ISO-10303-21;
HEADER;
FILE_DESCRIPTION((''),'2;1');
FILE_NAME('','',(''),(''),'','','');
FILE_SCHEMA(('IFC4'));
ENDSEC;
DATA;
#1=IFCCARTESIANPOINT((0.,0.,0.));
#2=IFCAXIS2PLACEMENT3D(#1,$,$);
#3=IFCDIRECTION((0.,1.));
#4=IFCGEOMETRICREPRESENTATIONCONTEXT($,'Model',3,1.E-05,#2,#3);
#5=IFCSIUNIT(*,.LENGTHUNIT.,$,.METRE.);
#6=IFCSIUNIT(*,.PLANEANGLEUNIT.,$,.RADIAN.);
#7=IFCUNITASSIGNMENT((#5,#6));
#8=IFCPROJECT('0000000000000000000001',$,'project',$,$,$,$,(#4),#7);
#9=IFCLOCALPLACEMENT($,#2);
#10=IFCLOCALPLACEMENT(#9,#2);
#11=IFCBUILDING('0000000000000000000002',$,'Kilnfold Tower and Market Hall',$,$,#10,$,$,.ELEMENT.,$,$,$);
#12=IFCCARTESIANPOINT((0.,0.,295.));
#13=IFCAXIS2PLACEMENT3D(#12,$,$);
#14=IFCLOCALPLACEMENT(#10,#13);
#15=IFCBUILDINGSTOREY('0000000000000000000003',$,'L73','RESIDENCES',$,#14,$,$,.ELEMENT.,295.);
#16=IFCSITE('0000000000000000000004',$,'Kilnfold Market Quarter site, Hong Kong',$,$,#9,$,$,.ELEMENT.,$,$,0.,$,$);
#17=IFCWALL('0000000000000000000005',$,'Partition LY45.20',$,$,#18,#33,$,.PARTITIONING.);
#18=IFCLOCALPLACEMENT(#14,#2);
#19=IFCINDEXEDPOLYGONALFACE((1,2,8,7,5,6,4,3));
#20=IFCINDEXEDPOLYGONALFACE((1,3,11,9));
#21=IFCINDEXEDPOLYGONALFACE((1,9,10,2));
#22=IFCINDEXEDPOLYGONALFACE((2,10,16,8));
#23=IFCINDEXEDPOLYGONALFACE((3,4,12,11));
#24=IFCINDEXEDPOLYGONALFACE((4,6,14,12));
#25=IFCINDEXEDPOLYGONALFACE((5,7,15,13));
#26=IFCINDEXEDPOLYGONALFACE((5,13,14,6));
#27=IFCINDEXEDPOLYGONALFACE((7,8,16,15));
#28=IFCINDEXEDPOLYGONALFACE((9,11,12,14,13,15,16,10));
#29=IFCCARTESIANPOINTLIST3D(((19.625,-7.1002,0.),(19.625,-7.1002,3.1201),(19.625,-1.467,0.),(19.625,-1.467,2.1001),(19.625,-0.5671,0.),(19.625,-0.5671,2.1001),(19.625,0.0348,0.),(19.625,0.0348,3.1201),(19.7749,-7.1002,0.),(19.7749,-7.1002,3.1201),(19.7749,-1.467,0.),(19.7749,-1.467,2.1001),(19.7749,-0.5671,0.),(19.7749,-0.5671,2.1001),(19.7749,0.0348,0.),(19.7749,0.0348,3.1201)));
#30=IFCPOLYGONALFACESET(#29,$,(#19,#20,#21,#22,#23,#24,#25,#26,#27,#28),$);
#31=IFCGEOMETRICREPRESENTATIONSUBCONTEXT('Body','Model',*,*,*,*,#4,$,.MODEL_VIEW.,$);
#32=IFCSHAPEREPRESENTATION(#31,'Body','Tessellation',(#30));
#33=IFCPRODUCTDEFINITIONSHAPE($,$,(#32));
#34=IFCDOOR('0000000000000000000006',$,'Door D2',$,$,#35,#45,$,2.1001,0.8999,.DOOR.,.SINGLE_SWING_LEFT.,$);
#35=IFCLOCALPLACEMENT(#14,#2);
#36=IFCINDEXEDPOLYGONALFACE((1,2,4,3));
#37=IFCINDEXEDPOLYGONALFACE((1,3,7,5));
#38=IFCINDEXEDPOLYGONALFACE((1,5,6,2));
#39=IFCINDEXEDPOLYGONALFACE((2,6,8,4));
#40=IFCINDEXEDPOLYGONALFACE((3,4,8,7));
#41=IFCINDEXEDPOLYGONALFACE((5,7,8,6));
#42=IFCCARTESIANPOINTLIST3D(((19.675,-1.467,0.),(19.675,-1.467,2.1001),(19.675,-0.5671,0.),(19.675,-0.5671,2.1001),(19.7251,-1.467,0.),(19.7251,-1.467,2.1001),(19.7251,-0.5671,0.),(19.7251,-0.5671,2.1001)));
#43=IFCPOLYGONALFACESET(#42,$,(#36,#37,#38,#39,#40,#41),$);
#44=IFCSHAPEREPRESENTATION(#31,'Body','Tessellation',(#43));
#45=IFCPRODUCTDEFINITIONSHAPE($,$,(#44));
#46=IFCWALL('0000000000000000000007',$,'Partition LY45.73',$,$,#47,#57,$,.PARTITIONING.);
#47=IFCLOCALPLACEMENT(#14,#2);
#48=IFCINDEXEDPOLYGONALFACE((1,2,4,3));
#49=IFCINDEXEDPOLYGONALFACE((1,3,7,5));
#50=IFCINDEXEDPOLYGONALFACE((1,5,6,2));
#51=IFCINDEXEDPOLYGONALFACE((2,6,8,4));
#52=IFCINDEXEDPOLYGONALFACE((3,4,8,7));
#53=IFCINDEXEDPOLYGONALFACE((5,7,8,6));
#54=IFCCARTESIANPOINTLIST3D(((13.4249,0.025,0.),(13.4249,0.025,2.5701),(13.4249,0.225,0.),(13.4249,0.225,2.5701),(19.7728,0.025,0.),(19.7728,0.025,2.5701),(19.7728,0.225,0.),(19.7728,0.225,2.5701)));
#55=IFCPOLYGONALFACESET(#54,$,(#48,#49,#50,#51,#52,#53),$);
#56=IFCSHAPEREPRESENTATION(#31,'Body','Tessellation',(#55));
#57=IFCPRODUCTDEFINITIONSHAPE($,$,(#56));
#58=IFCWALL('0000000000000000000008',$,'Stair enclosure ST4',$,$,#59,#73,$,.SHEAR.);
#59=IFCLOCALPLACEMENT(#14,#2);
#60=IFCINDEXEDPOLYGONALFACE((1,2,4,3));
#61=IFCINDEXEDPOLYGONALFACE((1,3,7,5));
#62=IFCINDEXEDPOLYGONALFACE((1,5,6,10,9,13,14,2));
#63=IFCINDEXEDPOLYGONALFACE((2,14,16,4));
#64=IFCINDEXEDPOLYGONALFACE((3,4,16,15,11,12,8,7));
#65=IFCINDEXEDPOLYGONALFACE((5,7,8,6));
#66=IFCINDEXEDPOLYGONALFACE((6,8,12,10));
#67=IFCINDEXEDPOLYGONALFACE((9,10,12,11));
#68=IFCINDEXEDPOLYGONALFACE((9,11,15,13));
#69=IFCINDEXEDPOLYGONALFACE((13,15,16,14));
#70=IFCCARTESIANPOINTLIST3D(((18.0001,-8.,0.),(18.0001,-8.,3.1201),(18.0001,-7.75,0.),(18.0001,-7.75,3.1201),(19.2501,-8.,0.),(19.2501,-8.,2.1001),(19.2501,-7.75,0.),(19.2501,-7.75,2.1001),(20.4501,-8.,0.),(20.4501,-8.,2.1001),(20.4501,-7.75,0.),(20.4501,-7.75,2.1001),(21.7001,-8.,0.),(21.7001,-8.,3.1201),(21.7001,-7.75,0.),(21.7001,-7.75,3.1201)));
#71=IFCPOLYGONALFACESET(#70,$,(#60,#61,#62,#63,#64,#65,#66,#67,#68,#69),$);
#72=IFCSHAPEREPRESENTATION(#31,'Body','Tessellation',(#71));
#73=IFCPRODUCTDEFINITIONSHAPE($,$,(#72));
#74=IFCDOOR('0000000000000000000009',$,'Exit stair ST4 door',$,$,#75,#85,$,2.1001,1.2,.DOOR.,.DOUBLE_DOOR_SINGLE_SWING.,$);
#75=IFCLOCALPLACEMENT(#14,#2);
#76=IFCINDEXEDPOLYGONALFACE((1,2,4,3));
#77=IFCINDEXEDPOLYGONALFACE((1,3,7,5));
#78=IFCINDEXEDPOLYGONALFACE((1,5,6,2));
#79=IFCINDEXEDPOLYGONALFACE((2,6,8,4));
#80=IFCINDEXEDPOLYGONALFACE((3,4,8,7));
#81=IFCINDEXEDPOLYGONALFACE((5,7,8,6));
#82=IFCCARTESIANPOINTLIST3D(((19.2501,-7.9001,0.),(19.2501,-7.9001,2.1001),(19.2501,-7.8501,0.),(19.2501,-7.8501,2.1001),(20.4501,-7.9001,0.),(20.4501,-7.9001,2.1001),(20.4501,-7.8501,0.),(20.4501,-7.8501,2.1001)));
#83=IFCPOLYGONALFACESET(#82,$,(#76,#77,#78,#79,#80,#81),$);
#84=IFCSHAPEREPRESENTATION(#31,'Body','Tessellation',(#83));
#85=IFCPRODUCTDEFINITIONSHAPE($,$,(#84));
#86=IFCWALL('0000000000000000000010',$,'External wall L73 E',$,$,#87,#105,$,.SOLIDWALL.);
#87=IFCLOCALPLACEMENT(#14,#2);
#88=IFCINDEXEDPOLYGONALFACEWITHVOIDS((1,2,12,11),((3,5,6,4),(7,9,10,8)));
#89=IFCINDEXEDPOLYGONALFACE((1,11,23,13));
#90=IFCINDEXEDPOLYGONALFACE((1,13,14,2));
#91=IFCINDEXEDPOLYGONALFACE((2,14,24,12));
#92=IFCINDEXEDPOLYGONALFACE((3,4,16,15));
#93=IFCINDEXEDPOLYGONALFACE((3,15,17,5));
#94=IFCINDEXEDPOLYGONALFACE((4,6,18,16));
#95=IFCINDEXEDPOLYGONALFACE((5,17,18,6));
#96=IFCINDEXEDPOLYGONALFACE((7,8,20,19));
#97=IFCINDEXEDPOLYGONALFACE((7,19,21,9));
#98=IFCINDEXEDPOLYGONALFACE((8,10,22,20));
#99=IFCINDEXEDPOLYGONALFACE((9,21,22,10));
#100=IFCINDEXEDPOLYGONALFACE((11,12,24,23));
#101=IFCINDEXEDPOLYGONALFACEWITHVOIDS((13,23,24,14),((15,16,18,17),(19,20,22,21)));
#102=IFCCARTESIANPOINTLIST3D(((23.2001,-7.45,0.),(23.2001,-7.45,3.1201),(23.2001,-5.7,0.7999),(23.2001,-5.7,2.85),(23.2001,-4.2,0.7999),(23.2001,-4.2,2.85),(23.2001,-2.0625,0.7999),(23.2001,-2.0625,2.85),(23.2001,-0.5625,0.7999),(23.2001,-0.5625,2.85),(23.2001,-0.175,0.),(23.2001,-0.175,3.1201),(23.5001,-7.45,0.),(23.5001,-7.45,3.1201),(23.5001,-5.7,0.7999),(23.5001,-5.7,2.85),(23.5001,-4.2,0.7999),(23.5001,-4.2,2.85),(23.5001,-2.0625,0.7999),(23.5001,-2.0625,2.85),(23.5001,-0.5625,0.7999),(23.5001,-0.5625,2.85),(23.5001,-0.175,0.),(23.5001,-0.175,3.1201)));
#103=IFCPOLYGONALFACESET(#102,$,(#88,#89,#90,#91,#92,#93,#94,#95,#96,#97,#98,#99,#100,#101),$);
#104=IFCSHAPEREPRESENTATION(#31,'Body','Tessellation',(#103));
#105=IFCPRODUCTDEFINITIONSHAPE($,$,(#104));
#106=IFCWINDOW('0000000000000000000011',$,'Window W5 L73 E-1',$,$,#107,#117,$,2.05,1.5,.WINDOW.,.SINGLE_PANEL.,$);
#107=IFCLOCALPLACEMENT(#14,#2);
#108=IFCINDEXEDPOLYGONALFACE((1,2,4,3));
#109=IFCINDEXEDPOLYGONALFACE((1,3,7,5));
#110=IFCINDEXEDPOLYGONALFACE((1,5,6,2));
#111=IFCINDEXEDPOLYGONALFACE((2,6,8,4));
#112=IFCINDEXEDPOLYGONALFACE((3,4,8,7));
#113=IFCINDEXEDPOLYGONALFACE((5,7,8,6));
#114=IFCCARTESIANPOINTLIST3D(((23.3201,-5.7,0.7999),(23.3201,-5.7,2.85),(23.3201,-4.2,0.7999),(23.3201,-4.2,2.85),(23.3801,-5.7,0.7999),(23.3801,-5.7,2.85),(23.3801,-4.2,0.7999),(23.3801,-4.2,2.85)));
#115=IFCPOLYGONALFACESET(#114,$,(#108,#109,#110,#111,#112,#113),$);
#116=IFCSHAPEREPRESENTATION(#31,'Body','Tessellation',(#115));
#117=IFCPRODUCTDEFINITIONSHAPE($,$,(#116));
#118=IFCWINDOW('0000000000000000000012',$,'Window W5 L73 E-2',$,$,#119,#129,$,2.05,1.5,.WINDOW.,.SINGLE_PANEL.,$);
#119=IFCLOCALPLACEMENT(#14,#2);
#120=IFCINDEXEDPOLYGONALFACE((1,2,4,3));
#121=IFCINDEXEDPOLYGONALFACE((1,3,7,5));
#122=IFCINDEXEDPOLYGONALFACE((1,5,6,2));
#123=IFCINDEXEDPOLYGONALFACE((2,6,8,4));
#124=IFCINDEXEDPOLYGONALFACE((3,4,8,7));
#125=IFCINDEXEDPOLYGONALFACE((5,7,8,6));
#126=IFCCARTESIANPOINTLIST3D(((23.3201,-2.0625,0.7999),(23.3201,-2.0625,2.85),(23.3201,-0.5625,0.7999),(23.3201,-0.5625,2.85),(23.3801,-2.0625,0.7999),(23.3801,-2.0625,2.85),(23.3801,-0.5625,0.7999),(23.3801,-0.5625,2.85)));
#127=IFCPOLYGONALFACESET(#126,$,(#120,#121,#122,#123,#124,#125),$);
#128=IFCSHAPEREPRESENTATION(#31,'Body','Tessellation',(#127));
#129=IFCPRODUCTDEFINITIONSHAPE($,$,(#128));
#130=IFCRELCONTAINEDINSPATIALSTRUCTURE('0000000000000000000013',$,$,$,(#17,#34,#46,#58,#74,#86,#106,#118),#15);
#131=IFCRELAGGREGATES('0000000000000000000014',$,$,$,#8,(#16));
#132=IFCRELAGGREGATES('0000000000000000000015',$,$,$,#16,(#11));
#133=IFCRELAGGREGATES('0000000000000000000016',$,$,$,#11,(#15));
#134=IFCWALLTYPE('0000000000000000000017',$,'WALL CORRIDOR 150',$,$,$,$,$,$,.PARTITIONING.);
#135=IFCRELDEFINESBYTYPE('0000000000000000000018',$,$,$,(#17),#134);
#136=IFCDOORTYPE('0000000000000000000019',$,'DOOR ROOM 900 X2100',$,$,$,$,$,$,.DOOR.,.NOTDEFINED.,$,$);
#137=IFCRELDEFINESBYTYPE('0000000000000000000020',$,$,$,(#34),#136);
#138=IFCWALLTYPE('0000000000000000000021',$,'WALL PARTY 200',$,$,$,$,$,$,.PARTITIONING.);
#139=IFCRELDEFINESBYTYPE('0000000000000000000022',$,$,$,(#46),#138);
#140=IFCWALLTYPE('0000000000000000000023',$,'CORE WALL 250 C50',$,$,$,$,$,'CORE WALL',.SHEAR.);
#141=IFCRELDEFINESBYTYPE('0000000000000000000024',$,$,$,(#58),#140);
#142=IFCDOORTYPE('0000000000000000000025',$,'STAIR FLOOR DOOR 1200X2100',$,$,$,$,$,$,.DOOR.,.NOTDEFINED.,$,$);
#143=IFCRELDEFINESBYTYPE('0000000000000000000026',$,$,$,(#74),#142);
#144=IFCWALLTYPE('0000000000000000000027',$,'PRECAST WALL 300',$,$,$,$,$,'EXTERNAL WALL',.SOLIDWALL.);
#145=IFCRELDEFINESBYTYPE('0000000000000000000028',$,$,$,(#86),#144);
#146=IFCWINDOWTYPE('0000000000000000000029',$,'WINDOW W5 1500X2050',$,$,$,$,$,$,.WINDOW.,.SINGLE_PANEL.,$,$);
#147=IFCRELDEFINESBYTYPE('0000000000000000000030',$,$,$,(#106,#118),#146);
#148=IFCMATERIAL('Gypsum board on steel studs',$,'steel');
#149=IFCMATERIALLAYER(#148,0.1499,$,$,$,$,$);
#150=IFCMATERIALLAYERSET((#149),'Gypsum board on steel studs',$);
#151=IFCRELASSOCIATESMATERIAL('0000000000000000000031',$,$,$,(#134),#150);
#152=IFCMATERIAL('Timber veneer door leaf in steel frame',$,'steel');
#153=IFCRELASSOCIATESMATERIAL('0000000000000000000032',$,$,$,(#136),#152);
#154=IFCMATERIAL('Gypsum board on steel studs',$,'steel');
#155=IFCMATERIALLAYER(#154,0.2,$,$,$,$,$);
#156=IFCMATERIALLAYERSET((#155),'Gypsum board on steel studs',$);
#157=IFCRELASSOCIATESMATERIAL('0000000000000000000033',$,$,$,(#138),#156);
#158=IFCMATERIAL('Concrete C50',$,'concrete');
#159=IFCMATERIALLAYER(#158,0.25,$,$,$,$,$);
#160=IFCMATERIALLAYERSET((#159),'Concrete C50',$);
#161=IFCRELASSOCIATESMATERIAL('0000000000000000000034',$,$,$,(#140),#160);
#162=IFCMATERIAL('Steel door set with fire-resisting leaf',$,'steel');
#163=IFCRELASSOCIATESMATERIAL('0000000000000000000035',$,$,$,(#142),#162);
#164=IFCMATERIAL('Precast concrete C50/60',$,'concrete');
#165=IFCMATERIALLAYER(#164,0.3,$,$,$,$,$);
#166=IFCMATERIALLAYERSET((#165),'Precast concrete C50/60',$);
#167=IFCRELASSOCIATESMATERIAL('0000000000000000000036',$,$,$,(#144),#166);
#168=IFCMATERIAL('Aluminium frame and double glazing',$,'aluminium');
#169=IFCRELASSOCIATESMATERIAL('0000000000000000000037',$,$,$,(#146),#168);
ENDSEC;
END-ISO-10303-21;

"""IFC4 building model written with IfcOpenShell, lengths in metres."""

from ifc_helpers import new_model, si_unit, direction, frame, frame_2d, origin, place, context, subcontext, project, spatial, rectangle, extrude, source, transform, mapped, material, layer, layer_set, type_object, element, fill, save


model = new_model("IFC4")

# Units and contexts
model_context = context("Model", 3, precision=1e-05, world=origin(), true_north=direction((0.0, 1.0)))
body_context = subcontext(model_context, "Body", "Model", "MODEL_VIEW")
ifc_project = project(units=[si_unit("LENGTHUNIT", "METRE"), si_unit("PLANEANGLEUNIT", "RADIAN")], contexts=[model_context])

# Site, building, storey
site_placement = place(None, origin())
site = spatial("IfcSite", under=ifc_project, at=site_placement, Name="Kilnfold Market Quarter site, Hong Kong", CompositionType="ELEMENT", RefElevation=0.0)
building_placement = place(site_placement, origin())
building = spatial("IfcBuilding", under=site, at=building_placement, Name="Kilnfold Tower and Market Hall", CompositionType="ELEMENT")
storey_placement = place(building_placement, frame((0.0, 0.0, 295.0)))
storey = spatial("IfcBuildingStorey", under=building, at=storey_placement, Name="L73", Description="RESIDENCES", CompositionType="ELEMENT", Elevation=295.0)

# Shared definitions
ifc_material_1 = material(Name="Gypsum board on steel studs", Category="steel")
ifc_layer_1 = layer(ifc_material_1, 0.1499)
ifc_layer_set_1 = layer_set([ifc_layer_1], Name="Gypsum board on steel studs")
wall_type_1 = type_object("IfcWallType", Name="WALL CORRIDOR 150", PredefinedType="PARTITIONING", material=ifc_layer_set_1)
ifc_material_2 = material(Name="Timber veneer door leaf in steel frame", Category="steel")
door_type_1 = type_object("IfcDoorType", Name="DOOR ROOM 900 X2100", OperationType="NOTDEFINED", PredefinedType="DOOR", material=ifc_material_2)

# Wall, opening, door
wall_1_placement = place(storey_placement, frame((19.7, -7.1001, 0.0), z_axis=(0.0, 0.0, 1.0), x_axis=(0.0, 1.0, 0.0)))
wall_1 = element("IfcWall", 1, at=wall_1_placement, inside=storey, type_object=wall_type_1, Name="Partition LY45.20", PredefinedType="PARTITIONING", context=body_context, shape_type="SweptSolid", body=[
    extrude(rectangle(XDim=7.135, YDim=0.1499, at=frame_2d((3.5674, 0.0))), origin(), (0.0, 0.0, 1.0), 3.1201),
])
opening_1_placement = place(wall_1_placement, frame((5.6331, 0.0, 0.0)))
opening_1 = element("IfcOpeningElement", 2, at=opening_1_placement, cuts=wall_1, PredefinedType="OPENING", context=body_context, shape_type="SweptSolid", body=[
    extrude(rectangle(XDim=0.8999, YDim=2.1001, at=frame_2d((0.45, 1.05))), frame((0.0, 0.085, 0.0), z_axis=(0.0, -1.0, 0.0), x_axis=(1.0, 0.0, 0.0)), (0.0, 0.0, 1.0), 0.1699),
])
door_1_placement = place(opening_1_placement, origin())
door_1 = element("IfcDoor", 3, at=door_1_placement, inside=storey, type_object=door_type_1, Name="Door D2", OperationType="SINGLE_SWING_LEFT", OverallHeight=2.1001, OverallWidth=0.8999, PredefinedType="DOOR", context=body_context, shape_type="SweptSolid", body=[
    extrude(rectangle(XDim=0.8999, YDim=2.1001, at=frame_2d((0.45, 1.05))), frame((0.0, 0.0249, 0.0), z_axis=(0.0, -1.0, 0.0), x_axis=(1.0, 0.0, 0.0)), (0.0, 0.0, 1.0), 0.05),
])
fill(opening_1, door_1)

# Wall
ifc_material_3 = material(Name="Gypsum board on steel studs", Category="steel")
ifc_layer_2 = layer(ifc_material_3, 0.2)
ifc_layer_set_2 = layer_set([ifc_layer_2], Name="Gypsum board on steel studs")
wall_type_2 = type_object("IfcWallType", Name="WALL PARTY 200", PredefinedType="PARTITIONING", material=ifc_layer_set_2)
wall_2_placement = place(storey_placement, frame((13.425, 0.125, 0.0), z_axis=(0.0, 0.0, 1.0), x_axis=(1.0, 0.0, 0.0)))
element("IfcWall", 4, at=wall_2_placement, inside=storey, type_object=wall_type_2, Name="Partition LY45.73", PredefinedType="PARTITIONING", context=body_context, shape_type="SweptSolid", body=[
    extrude(rectangle(XDim=6.3479, YDim=0.2, at=frame_2d((3.1738, 0.0))), origin(), (0.0, 0.0, 1.0), 2.5701),
])

# Wall, opening, door
ifc_material_4 = material(Name="Concrete C50", Category="concrete")
ifc_layer_3 = layer(ifc_material_4, 0.25)
ifc_layer_set_3 = layer_set([ifc_layer_3], Name="Concrete C50")
wall_type_3 = type_object("IfcWallType", Name="CORE WALL 250 C50", ElementType="CORE WALL", PredefinedType="SHEAR", material=ifc_layer_set_3)
shared_shape_1 = source(origin(), body_context, "Body", "SweptSolid", [
    extrude(rectangle(XDim=3.7, YDim=0.25, at=frame_2d((1.8501, 0.0))), origin(), (0.0, 0.0, 1.0), 3.1201),
])
wall_3_placement = place(storey_placement, frame((18.0, -7.875, 0.0), z_axis=(0.0, 0.0, 1.0), x_axis=(1.0, 0.0, 0.0)))
wall_3 = element("IfcWall", 5, at=wall_3_placement, inside=storey, type_object=wall_type_3, Name="Stair enclosure ST4", PredefinedType="SHEAR", context=body_context, shape_type="MappedRepresentation", body=[
    mapped(shared_shape_1, transform((0.0, 0.0, 0.0))),
])
opening_2_placement = place(wall_3_placement, frame((1.25, 0.0, 0.0)))
opening_2 = element("IfcOpeningElement", 6, at=opening_2_placement, cuts=wall_3, PredefinedType="OPENING", context=body_context, shape_type="SweptSolid", body=[
    extrude(rectangle(XDim=1.2, YDim=2.1001, at=frame_2d((0.6001, 1.05))), frame((0.0, 0.135, 0.0), z_axis=(0.0, -1.0, 0.0), x_axis=(1.0, 0.0, 0.0)), (0.0, 0.0, 1.0), 0.27),
])
ifc_material_5 = material(Name="Steel door set with fire-resisting leaf", Category="steel")
door_type_2 = type_object("IfcDoorType", Name="STAIR FLOOR DOOR 1200X2100", OperationType="NOTDEFINED", PredefinedType="DOOR", material=ifc_material_5)
door_2_placement = place(opening_2_placement, origin())
door_2 = element("IfcDoor", 7, at=door_2_placement, inside=storey, type_object=door_type_2, Name="Exit stair ST4 door", OperationType="DOUBLE_DOOR_SINGLE_SWING", OverallHeight=2.1001, OverallWidth=1.2, PredefinedType="DOOR", context=body_context, shape_type="SweptSolid", body=[
    extrude(rectangle(XDim=1.2, YDim=2.1001, at=frame_2d((0.6001, 1.05))), frame((0.0, 0.0249, 0.0), z_axis=(0.0, -1.0, 0.0), x_axis=(1.0, 0.0, 0.0)), (0.0, 0.0, 1.0), 0.05),
])
fill(opening_2, door_2)

# Wall, openings, windows
ifc_material_6 = material(Name="Precast concrete C50/60", Category="concrete")
ifc_layer_4 = layer(ifc_material_6, 0.3)
ifc_layer_set_4 = layer_set([ifc_layer_4], Name="Precast concrete C50/60")
wall_type_4 = type_object("IfcWallType", Name="PRECAST WALL 300", ElementType="EXTERNAL WALL", PredefinedType="SOLIDWALL", material=ifc_layer_set_4)
shared_shape_2 = source(origin(), body_context, "Body", "SweptSolid", [
    extrude(rectangle(XDim=7.2749, YDim=0.3, at=frame_2d((3.6375, 0.0))), origin(), (0.0, 0.0, 1.0), 3.1201),
])
wall_4_placement = place(storey_placement, frame((23.3501, -7.45, 0.0), z_axis=(0.0, 0.0, 1.0), x_axis=(0.0, 1.0, 0.0)))
wall_4 = element("IfcWall", 8, at=wall_4_placement, inside=storey, type_object=wall_type_4, Name="External wall L73 E", PredefinedType="SOLIDWALL", context=body_context, shape_type="MappedRepresentation", body=[
    mapped(shared_shape_2, transform((0.0, 0.0, 0.0))),
])
opening_3_placement = place(wall_4_placement, frame((1.75, 0.0, 0.8)))
opening_3 = element("IfcOpeningElement", 9, at=opening_3_placement, cuts=wall_4, PredefinedType="OPENING", context=body_context, shape_type="SweptSolid", body=[
    extrude(rectangle(XDim=1.5, YDim=2.05, at=frame_2d((0.75, 1.0249))), frame((0.0, 0.1602, 0.0), z_axis=(0.0, -1.0, 0.0), x_axis=(1.0, 0.0, 0.0)), (0.0, 0.0, 1.0), 0.3201),
])
opening_4_placement = place(wall_4_placement, frame((5.3875, 0.0, 0.8)))
opening_4 = element("IfcOpeningElement", 10, at=opening_4_placement, cuts=wall_4, PredefinedType="OPENING", context=body_context, shape_type="SweptSolid", body=[
    extrude(rectangle(XDim=1.5, YDim=2.05, at=frame_2d((0.75, 1.0249))), frame((0.0, 0.1602, 0.0), z_axis=(0.0, -1.0, 0.0), x_axis=(1.0, 0.0, 0.0)), (0.0, 0.0, 1.0), 0.3201),
])
ifc_material_7 = material(Name="Aluminium frame and double glazing", Category="aluminium")
window_type = type_object("IfcWindowType", Name="WINDOW W5 1500X2050", PartitioningType="SINGLE_PANEL", PredefinedType="WINDOW", material=ifc_material_7)
window_1_placement = place(opening_3_placement, origin())
window_1 = element("IfcWindow", 11, at=window_1_placement, inside=storey, type_object=window_type, Name="Window W5 L73 E-1", OverallHeight=2.05, OverallWidth=1.5, PartitioningType="SINGLE_PANEL", PredefinedType="WINDOW", context=body_context, shape_type="SweptSolid", body=[
    extrude(rectangle(XDim=1.5, YDim=2.05, at=frame_2d((0.75, 1.0249))), frame((0.0, 0.03, 0.0), z_axis=(0.0, -1.0, 0.0), x_axis=(1.0, 0.0, 0.0)), (0.0, 0.0, 1.0), 0.0601),
])
fill(opening_3, window_1)
window_2_placement = place(opening_4_placement, origin())
window_2 = element("IfcWindow", 12, at=window_2_placement, inside=storey, type_object=window_type, Name="Window W5 L73 E-2", OverallHeight=2.05, OverallWidth=1.5, PartitioningType="SINGLE_PANEL", PredefinedType="WINDOW", context=body_context, shape_type="SweptSolid", body=[
    extrude(rectangle(XDim=1.5, YDim=2.05, at=frame_2d((0.75, 1.0249))), frame((0.0, 0.03, 0.0), z_axis=(0.0, -1.0, 0.0), x_axis=(1.0, 0.0, 0.0)), (0.0, 0.0, 1.0), 0.0601),
])
fill(opening_4, window_2)

save(model, "model.ifc")
